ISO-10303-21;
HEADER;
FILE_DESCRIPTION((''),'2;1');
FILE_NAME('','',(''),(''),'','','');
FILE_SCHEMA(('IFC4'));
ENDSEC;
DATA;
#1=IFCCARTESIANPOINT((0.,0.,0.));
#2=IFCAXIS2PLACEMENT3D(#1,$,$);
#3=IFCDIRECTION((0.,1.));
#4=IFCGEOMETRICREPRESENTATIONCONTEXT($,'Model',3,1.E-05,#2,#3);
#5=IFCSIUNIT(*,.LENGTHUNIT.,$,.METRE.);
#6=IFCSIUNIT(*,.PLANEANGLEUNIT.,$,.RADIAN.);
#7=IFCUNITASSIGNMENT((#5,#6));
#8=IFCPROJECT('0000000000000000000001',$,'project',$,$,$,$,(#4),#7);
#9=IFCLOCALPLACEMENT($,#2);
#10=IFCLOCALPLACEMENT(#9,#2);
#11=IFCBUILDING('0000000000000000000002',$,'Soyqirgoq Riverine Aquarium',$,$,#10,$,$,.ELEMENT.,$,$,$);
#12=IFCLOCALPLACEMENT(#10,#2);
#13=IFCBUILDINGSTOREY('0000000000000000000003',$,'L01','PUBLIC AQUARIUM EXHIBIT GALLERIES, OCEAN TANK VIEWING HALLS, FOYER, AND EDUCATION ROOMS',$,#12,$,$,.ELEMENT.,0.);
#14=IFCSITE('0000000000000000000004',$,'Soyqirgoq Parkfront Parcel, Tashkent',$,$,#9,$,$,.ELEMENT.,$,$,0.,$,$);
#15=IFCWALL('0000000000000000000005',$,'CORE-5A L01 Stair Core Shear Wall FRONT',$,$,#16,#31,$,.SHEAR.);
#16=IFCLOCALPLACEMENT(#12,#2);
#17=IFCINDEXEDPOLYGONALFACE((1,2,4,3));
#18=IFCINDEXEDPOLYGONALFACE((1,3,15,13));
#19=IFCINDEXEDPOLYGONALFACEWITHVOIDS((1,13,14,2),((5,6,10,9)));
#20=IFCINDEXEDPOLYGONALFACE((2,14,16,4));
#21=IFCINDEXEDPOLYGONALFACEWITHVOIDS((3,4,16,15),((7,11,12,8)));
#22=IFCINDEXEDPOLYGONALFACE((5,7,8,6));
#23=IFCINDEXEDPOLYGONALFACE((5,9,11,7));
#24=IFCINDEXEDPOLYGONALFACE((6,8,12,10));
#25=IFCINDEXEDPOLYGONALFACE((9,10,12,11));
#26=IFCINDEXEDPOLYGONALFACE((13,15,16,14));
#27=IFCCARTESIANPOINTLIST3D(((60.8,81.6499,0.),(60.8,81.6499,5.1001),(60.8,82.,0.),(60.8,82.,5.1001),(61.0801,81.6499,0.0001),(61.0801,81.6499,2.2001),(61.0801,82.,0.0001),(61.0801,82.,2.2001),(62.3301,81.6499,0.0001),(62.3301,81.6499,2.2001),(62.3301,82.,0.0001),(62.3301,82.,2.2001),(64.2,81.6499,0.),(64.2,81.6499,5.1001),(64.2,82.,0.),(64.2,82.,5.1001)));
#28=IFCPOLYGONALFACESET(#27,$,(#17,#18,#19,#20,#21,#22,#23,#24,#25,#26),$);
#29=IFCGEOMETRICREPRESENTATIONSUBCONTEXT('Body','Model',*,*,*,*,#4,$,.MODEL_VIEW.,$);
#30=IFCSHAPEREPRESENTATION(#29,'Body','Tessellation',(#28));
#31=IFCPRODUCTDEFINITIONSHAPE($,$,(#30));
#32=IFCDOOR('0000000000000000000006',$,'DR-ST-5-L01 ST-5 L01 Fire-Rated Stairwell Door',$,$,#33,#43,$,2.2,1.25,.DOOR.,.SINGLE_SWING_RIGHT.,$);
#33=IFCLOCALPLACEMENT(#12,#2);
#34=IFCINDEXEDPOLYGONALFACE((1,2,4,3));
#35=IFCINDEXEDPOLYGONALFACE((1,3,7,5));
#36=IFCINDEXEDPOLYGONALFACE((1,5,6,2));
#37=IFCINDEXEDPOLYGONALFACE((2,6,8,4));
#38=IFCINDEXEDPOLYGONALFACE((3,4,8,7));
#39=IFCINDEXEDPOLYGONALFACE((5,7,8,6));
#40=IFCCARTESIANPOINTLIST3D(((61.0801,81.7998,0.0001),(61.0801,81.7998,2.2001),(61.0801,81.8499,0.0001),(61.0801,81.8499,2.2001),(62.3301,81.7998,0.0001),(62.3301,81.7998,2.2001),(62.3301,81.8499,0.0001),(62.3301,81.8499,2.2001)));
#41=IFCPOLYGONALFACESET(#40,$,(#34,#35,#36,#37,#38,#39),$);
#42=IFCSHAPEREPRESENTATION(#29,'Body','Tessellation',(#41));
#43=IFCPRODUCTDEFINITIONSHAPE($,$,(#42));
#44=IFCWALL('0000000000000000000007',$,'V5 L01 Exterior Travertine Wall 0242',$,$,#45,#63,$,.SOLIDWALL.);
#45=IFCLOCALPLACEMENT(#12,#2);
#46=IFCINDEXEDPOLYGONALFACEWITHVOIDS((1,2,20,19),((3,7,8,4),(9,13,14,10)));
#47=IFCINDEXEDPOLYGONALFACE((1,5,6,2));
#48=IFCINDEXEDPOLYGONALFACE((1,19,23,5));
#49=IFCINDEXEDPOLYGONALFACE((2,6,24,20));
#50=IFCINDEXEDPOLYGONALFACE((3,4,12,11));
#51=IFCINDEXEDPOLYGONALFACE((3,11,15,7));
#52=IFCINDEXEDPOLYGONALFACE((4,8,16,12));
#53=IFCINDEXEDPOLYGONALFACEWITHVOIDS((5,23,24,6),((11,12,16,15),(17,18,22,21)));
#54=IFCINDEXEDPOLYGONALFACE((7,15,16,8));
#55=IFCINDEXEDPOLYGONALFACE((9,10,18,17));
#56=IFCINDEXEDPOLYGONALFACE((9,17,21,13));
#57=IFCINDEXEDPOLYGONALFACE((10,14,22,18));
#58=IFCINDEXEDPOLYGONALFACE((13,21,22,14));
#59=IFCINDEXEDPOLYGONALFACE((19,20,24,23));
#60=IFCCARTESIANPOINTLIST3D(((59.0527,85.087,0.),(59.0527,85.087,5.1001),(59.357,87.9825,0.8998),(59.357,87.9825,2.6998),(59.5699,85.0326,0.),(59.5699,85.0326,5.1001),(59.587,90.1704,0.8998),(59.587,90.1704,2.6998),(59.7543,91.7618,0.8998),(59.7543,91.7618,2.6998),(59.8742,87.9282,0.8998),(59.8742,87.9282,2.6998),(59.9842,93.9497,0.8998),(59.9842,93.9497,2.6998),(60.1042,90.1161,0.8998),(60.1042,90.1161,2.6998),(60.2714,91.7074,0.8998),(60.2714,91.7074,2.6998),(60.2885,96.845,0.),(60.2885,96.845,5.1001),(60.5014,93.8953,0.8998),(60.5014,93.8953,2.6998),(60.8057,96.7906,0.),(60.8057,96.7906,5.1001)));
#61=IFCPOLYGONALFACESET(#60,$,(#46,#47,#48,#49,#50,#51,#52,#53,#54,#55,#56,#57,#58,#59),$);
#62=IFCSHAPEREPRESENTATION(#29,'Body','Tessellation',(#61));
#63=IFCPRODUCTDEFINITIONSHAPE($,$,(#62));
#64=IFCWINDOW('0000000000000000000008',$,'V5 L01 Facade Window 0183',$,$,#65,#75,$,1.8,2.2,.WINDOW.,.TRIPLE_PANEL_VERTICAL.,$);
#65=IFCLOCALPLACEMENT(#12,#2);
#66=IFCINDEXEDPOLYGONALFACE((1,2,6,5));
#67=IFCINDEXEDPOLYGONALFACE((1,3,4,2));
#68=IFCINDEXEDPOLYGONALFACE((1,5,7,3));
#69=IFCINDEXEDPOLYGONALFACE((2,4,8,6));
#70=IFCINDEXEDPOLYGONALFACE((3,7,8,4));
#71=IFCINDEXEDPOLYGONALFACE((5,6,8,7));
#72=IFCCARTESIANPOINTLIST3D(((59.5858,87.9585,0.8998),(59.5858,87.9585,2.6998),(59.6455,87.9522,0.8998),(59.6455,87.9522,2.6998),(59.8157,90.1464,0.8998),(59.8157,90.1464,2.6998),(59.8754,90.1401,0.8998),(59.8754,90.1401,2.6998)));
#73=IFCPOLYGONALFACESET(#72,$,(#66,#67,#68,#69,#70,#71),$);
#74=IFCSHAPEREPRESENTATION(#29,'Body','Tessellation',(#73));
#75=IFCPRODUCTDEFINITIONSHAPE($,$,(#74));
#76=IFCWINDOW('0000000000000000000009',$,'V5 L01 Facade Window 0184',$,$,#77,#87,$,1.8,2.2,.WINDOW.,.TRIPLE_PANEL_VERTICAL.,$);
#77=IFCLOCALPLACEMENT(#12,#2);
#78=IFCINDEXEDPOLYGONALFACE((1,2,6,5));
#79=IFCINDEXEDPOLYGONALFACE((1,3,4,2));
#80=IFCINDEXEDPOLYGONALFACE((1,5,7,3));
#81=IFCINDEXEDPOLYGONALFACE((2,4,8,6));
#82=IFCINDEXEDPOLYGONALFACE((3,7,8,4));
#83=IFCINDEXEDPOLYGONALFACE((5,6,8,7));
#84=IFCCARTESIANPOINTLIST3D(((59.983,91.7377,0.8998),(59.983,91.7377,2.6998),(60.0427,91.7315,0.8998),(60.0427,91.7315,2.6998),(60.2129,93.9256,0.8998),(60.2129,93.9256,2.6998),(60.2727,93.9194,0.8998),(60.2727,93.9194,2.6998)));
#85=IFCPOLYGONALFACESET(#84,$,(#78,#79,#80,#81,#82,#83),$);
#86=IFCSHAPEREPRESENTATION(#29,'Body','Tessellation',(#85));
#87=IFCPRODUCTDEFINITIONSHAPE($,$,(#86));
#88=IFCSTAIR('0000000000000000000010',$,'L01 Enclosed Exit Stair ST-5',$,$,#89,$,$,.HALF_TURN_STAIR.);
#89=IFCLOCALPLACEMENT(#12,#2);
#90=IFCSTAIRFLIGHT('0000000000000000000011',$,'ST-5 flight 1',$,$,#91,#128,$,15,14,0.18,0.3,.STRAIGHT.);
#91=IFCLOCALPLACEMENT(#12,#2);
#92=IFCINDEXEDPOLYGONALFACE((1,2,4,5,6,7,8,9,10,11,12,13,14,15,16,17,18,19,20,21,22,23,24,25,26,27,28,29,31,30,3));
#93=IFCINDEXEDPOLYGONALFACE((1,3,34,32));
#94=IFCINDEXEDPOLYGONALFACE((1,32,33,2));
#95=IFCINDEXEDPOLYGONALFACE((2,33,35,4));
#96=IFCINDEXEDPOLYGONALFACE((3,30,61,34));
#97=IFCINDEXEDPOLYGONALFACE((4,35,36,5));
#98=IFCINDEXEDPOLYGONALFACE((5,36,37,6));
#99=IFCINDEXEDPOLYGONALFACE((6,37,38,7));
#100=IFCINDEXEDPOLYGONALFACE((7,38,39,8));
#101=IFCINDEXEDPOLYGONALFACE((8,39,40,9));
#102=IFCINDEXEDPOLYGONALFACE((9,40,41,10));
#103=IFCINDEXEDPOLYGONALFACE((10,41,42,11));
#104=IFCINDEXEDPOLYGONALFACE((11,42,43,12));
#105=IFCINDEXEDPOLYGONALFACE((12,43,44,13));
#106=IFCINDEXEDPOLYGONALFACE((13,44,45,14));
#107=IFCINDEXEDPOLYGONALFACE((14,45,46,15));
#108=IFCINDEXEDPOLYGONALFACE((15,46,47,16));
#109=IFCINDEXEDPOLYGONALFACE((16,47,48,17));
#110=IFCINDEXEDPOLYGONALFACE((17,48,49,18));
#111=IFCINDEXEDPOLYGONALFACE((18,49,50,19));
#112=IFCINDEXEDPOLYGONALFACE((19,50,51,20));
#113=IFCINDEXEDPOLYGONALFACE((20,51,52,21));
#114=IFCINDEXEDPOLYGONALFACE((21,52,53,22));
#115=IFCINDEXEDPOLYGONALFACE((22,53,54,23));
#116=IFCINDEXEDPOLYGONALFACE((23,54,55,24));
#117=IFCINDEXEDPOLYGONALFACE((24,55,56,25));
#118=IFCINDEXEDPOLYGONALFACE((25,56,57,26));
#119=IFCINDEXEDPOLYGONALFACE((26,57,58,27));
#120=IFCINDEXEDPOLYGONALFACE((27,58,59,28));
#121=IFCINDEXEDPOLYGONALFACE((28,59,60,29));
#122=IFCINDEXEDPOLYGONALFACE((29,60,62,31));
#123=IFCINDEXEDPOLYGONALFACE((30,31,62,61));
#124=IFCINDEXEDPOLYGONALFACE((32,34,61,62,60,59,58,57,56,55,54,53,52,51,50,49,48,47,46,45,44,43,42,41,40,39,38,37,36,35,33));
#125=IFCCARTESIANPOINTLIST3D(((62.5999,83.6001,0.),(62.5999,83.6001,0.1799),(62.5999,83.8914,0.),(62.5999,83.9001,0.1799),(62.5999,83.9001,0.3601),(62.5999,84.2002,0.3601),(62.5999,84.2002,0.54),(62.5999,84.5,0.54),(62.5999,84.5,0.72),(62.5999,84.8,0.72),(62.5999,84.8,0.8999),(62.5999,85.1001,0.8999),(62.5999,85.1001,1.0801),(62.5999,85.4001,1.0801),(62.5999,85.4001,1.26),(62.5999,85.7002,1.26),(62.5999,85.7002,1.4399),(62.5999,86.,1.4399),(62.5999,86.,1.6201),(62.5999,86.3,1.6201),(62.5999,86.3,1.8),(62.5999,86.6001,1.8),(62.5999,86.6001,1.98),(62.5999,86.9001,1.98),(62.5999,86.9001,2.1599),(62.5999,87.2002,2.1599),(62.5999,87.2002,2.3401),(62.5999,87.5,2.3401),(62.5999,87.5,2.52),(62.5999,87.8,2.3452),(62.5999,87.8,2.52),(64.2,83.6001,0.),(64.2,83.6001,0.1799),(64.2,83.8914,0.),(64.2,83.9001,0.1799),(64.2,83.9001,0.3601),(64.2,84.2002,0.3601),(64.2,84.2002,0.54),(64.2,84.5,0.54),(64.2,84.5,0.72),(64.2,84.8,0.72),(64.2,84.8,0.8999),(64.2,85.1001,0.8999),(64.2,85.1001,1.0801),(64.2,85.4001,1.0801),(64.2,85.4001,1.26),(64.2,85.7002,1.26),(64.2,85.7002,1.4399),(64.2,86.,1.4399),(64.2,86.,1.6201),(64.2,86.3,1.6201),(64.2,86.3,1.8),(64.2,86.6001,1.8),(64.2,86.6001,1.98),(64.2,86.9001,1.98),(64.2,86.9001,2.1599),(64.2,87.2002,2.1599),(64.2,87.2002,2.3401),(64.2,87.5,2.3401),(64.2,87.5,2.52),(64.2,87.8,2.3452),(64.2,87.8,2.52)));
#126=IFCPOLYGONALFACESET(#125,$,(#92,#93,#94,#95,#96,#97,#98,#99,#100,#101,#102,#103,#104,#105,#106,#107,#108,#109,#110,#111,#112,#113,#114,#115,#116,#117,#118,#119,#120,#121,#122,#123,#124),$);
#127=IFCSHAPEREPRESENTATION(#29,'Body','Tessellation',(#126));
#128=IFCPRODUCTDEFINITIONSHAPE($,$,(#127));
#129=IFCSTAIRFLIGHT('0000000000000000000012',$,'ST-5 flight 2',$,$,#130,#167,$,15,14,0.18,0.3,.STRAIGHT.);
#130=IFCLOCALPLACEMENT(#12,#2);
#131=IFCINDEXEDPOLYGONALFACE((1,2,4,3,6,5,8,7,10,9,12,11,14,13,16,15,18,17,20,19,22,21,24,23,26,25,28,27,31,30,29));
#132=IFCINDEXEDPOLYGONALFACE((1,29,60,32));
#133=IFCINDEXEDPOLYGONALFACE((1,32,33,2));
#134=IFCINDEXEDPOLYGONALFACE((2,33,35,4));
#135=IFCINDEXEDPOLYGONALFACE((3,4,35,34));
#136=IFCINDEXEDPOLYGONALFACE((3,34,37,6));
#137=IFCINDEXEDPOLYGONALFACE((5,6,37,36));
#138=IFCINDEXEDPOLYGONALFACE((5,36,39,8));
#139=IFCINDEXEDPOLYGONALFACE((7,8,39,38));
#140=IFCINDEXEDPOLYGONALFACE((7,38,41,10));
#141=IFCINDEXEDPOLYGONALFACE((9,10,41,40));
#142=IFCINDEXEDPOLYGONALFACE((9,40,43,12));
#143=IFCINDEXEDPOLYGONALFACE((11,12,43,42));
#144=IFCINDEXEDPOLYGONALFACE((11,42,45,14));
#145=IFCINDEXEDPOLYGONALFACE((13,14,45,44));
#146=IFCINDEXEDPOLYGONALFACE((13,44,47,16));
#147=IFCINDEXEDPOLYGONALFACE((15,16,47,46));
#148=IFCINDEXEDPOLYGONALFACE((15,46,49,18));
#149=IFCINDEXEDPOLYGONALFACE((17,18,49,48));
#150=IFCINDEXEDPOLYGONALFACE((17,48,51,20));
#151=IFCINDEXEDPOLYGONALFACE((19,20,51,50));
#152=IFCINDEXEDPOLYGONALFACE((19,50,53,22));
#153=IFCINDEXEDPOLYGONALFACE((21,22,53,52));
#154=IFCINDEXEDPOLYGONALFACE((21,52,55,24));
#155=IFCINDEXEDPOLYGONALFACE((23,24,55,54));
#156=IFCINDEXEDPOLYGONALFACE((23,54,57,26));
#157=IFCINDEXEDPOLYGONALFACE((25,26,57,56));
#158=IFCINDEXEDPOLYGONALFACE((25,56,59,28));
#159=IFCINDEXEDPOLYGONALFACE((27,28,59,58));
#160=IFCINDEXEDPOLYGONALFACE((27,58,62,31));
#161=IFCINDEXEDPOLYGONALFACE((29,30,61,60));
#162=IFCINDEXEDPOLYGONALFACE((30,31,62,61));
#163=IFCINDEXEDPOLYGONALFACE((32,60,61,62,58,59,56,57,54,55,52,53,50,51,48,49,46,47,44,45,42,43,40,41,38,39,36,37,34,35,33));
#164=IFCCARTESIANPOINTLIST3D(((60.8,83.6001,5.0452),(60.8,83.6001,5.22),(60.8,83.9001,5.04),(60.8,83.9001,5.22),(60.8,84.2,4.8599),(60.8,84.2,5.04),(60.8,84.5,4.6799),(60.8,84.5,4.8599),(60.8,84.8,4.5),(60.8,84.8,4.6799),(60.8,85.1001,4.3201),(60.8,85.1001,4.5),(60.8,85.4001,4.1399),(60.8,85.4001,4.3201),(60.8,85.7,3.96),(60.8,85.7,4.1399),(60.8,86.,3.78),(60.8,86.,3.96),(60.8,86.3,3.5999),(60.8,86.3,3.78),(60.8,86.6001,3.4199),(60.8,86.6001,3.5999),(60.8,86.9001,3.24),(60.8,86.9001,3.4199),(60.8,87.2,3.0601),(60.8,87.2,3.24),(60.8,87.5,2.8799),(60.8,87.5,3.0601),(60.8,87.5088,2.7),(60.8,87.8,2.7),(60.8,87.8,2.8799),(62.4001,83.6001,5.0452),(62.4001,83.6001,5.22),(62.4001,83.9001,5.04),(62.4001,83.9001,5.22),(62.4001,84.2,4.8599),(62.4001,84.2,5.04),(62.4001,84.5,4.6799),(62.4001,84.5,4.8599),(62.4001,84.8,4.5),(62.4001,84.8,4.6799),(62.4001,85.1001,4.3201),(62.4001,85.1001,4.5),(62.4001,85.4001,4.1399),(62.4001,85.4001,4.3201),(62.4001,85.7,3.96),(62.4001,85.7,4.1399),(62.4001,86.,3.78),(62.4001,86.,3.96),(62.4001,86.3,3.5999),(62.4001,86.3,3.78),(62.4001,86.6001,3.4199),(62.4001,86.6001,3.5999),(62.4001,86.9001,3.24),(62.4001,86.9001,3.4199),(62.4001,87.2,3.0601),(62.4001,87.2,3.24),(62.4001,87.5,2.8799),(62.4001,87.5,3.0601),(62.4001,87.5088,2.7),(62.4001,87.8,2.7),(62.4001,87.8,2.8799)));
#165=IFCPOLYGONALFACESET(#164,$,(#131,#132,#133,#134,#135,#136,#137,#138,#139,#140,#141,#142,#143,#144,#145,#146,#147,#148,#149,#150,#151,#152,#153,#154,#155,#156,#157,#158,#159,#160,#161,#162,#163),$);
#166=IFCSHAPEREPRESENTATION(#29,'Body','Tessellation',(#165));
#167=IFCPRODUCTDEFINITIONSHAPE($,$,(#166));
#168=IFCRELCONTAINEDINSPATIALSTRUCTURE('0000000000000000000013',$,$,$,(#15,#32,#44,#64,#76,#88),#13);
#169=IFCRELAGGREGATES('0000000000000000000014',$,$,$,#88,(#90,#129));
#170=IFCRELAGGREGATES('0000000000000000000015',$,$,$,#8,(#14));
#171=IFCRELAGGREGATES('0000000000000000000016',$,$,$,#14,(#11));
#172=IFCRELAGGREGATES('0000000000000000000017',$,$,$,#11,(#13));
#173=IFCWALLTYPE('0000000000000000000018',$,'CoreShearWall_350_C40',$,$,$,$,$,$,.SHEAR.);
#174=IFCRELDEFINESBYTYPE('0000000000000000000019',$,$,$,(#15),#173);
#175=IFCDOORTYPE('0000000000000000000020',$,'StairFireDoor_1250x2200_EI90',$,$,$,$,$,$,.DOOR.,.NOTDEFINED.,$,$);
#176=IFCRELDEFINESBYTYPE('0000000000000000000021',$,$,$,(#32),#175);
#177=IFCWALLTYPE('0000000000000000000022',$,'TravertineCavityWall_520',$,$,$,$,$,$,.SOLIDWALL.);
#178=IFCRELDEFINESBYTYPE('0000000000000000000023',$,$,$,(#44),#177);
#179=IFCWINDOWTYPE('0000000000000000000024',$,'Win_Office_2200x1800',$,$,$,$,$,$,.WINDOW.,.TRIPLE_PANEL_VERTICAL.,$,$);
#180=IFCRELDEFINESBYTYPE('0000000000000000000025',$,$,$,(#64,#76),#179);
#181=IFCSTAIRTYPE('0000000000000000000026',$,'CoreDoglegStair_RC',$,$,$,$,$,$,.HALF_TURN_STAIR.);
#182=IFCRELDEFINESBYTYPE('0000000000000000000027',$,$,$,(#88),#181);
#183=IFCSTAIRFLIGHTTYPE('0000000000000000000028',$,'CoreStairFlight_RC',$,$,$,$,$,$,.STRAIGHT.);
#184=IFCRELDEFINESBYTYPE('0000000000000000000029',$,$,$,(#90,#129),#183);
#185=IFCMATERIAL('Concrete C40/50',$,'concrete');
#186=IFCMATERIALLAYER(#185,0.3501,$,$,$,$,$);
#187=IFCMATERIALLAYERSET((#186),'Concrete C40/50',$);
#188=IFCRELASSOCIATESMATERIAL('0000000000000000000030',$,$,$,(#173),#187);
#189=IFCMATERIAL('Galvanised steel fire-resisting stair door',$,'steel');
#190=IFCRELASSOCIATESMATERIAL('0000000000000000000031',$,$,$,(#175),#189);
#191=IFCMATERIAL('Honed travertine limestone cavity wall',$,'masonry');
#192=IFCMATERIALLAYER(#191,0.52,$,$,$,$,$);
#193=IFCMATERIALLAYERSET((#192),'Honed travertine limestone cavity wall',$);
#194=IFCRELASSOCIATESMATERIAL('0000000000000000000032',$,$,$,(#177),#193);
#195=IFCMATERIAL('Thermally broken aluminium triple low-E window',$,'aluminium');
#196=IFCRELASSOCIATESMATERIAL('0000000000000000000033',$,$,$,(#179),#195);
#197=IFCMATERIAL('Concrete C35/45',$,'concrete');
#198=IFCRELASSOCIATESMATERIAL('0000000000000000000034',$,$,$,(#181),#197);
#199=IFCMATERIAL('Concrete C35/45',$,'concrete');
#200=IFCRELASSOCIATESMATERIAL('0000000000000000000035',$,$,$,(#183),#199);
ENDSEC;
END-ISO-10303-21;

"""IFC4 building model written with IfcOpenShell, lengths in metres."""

from ifc_helpers import new_model, si_unit, direction, frame, frame_2d, origin, place, context, subcontext, project, spatial, polyline, rectangle, outline, extrude, material, layer, layer_set, type_object, element, fill, aggregate, save


model = new_model("IFC4")

# Units and contexts
model_context = context("Model", 3, precision=1e-05, world=origin(), true_north=direction((0.0, 1.0)))
body_context = subcontext(model_context, "Body", "Model", "MODEL_VIEW")
ifc_project = project(units=[si_unit("LENGTHUNIT", "METRE"), si_unit("PLANEANGLEUNIT", "RADIAN")], contexts=[model_context])

# Site, building, storey
site_placement = place(None, origin())
site = spatial("IfcSite", under=ifc_project, at=site_placement, Name="Soyqirgoq Parkfront Parcel, Tashkent", CompositionType="ELEMENT", RefElevation=0.0)
building_placement = place(site_placement, origin())
building = spatial("IfcBuilding", under=site, at=building_placement, Name="Soyqirgoq Riverine Aquarium", CompositionType="ELEMENT")
storey_placement = place(building_placement, origin())
storey = spatial("IfcBuildingStorey", under=building, at=storey_placement, Name="L01", Description="PUBLIC AQUARIUM EXHIBIT GALLERIES, OCEAN TANK VIEWING HALLS, FOYER, AND EDUCATION ROOMS", CompositionType="ELEMENT", Elevation=0.0)

# Wall, opening, door
ifc_material_1 = material(Name="Concrete C40/50", Category="concrete")
ifc_layer_1 = layer(ifc_material_1, 0.3501)
ifc_layer_set_1 = layer_set([ifc_layer_1], Name="Concrete C40/50")
wall_type_1 = type_object("IfcWallType", Name="CoreShearWall_350_C40", PredefinedType="SHEAR", material=ifc_layer_set_1)
wall_1_placement = place(storey_placement, frame((60.8, 81.825, 0.0), z_axis=(0.0, 0.0, 1.0), x_axis=(1.0, 0.0, 0.0)))
wall_1 = element("IfcWall", 1, at=wall_1_placement, inside=storey, type_object=wall_type_1, Name="CORE-5A L01 Stair Core Shear Wall FRONT", PredefinedType="SHEAR", context=body_context, shape_type="SweptSolid", body=[
    extrude(rectangle(XDim=3.3999, YDim=0.3501, at=frame_2d((1.7, 0.0))), origin(), (0.0, 0.0, 1.0), 5.1001),
])
opening_1_placement = place(wall_1_placement, frame((0.28, 0.0, 0.0)))
opening_1 = element("IfcOpeningElement", 2, at=opening_1_placement, cuts=wall_1, PredefinedType="OPENING", context=body_context, shape_type="SweptSolid", body=[
    extrude(rectangle(XDim=1.25, YDim=2.2, at=frame_2d((0.625, 1.1001))), frame((0.0, 0.1851, 0.0), z_axis=(0.0, -1.0, 0.0), x_axis=(1.0, 0.0, 0.0)), (0.0, 0.0, 1.0), 0.3701),
])
ifc_material_2 = material(Name="Galvanised steel fire-resisting stair door", Category="steel")
door_type = type_object("IfcDoorType", Name="StairFireDoor_1250x2200_EI90", OperationType="NOTDEFINED", PredefinedType="DOOR", material=ifc_material_2)
door_placement = place(opening_1_placement, origin())
door = element("IfcDoor", 3, at=door_placement, inside=storey, type_object=door_type, Name="DR-ST-5-L01 ST-5 L01 Fire-Rated Stairwell Door", OperationType="SINGLE_SWING_RIGHT", OverallHeight=2.2, OverallWidth=1.25, PredefinedType="DOOR", context=body_context, shape_type="SweptSolid", body=[
    extrude(rectangle(XDim=1.25, YDim=2.2, at=frame_2d((0.625, 1.1001))), frame((0.0, 0.0249, 0.0), z_axis=(0.0, -1.0, 0.0), x_axis=(1.0, 0.0, 0.0)), (0.0, 0.0, 1.0), 0.05),
])
fill(opening_1, door)

# Wall, openings, windows
ifc_material_3 = material(Name="Honed travertine limestone cavity wall", Category="masonry")
ifc_layer_2 = layer(ifc_material_3, 0.52)
ifc_layer_set_2 = layer_set([ifc_layer_2], Name="Honed travertine limestone cavity wall")
wall_type_2 = type_object("IfcWallType", Name="TravertineCavityWall_520", PredefinedType="SOLIDWALL", material=ifc_layer_set_2)
wall_2_placement = place(storey_placement, frame((59.3113, 85.0598, 0.0), z_axis=(0.0, 0.0, 1.0), x_axis=(0.10453, 0.994522, 0.0)))
wall_2 = element("IfcWall", 4, at=wall_2_placement, inside=storey, type_object=wall_type_2, Name="V5 L01 Exterior Travertine Wall 0242", PredefinedType="SOLIDWALL", context=body_context, shape_type="SweptSolid", body=[
    extrude(rectangle(XDim=11.8228, YDim=0.52, at=frame_2d((5.9114, 0.0))), origin(), (0.0, 0.0, 1.0), 5.1001),
])
opening_2_placement = place(wall_2_placement, frame((2.9114, 0.0, 0.8999)))
opening_2 = element("IfcOpeningElement", 5, at=opening_2_placement, cuts=wall_2, PredefinedType="OPENING", context=body_context, shape_type="SweptSolid", body=[
    extrude(rectangle(XDim=2.2, YDim=1.8, at=frame_2d((1.1001, 0.8999))), frame((0.0, 0.27, 0.0), z_axis=(0.0, -1.0, 0.0), x_axis=(1.0, 0.0, 0.0)), (0.0, 0.0, 1.0), 0.54),
])
opening_3_placement = place(wall_2_placement, frame((6.7114, 0.0, 0.8999)))
opening_3 = element("IfcOpeningElement", 6, at=opening_3_placement, cuts=wall_2, PredefinedType="OPENING", context=body_context, shape_type="SweptSolid", body=[
    extrude(rectangle(XDim=2.2, YDim=1.8, at=frame_2d((1.1001, 0.8999))), frame((0.0, 0.27, 0.0), z_axis=(0.0, -1.0, 0.0), x_axis=(1.0, 0.0, 0.0)), (0.0, 0.0, 1.0), 0.54),
])
ifc_material_4 = material(Name="Thermally broken aluminium triple low-E window", Category="aluminium")
window_type = type_object("IfcWindowType", Name="Win_Office_2200x1800", PartitioningType="TRIPLE_PANEL_VERTICAL", PredefinedType="WINDOW", material=ifc_material_4)
window_1_placement = place(opening_2_placement, origin())
window_1 = element("IfcWindow", 7, at=window_1_placement, inside=storey, type_object=window_type, Name="V5 L01 Facade Window 0183", OverallHeight=1.8, OverallWidth=2.2, PartitioningType="TRIPLE_PANEL_VERTICAL", PredefinedType="WINDOW", context=body_context, shape_type="SweptSolid", body=[
    extrude(rectangle(XDim=2.2, YDim=1.8, at=frame_2d((1.1001, 0.8999))), frame((0.0, 0.03, 0.0), z_axis=(0.0, -1.0, 0.0), x_axis=(1.0, 0.0, 0.0)), (0.0, 0.0, 1.0), 0.0601),
])
fill(opening_2, window_1)
window_2_placement = place(opening_3_placement, origin())
window_2 = element("IfcWindow", 8, at=window_2_placement, inside=storey, type_object=window_type, Name="V5 L01 Facade Window 0184", OverallHeight=1.8, OverallWidth=2.2, PartitioningType="TRIPLE_PANEL_VERTICAL", PredefinedType="WINDOW", context=body_context, shape_type="SweptSolid", body=[
    extrude(rectangle(XDim=2.2, YDim=1.8, at=frame_2d((1.1001, 0.8999))), frame((0.0, 0.03, 0.0), z_axis=(0.0, -1.0, 0.0), x_axis=(1.0, 0.0, 0.0)), (0.0, 0.0, 1.0), 0.0601),
])
fill(opening_3, window_2)

# Stair, stair flights
ifc_material_5 = material(Name="Concrete C35/45", Category="concrete")
stair_type = type_object("IfcStairType", Name="CoreDoglegStair_RC", PredefinedType="HALF_TURN_STAIR", material=ifc_material_5)
stair_placement = place(storey_placement, origin())
stair = element("IfcStair", 9, at=stair_placement, inside=storey, type_object=stair_type, Name="L01 Enclosed Exit Stair ST-5", PredefinedType="HALF_TURN_STAIR")
ifc_material_6 = material(Name="Concrete C35/45", Category="concrete")
stair_flight_type = type_object("IfcStairFlightType", Name="CoreStairFlight_RC", PredefinedType="STRAIGHT", material=ifc_material_6)
stair_flight_1_placement = place(storey_placement, frame((63.3999, 83.6001, 0.0), z_axis=(0.0, 0.0, 1.0), x_axis=(0.0, 1.0, 0.0)))
stair_flight_1 = element("IfcStairFlight", 10, at=stair_flight_1_placement, type_object=stair_flight_type, Name="ST-5 flight 1", NumberOfRisers=15, NumberOfTreads=14, PredefinedType="STRAIGHT", RiserHeight=0.18, TreadLength=0.3, context=body_context, shape_type="SweptSolid", body=[
    extrude(outline(polyline([(0.0, 0.0), (0.0, 0.1799), (0.3, 0.1799), (0.3, 0.3601), (0.6001, 0.3601), (0.6001, 0.54), (0.8999, 0.54), (0.8999, 0.72), (1.2, 0.72), (1.2, 0.8999), (1.5, 0.8999), (1.5, 1.0801), (1.8, 1.0801), (1.8, 1.26), (2.1001, 1.26), (2.1001, 1.4399), (2.3999, 1.4399), (2.3999, 1.6201), (2.7, 1.6201), (2.7, 1.8), (3.0, 1.8), (3.0, 1.98), (3.3, 1.98), (3.3, 2.1599), (3.6001, 2.1599), (3.6001, 2.3401), (3.8999, 2.3401), (3.8999, 2.52), (4.2, 2.52), (4.2, 2.7), (4.2, 2.3452), (0.2913, 0.0), (0.0, 0.0)])), frame((0.0, 0.8, 0.0), z_axis=(0.0, -1.0, 0.0), x_axis=(1.0, 0.0, 0.0)), (0.0, 0.0, 1.0), 1.6001),
])
stair_flight_2_placement = place(storey_placement, frame((61.6001, 87.8, 2.7), z_axis=(0.0, 0.0, 1.0), x_axis=(0.0, -1.0, 0.0)))
stair_flight_2 = element("IfcStairFlight", 11, at=stair_flight_2_placement, type_object=stair_flight_type, Name="ST-5 flight 2", NumberOfRisers=15, NumberOfTreads=14, PredefinedType="STRAIGHT", RiserHeight=0.18, TreadLength=0.3, context=body_context, shape_type="SweptSolid", body=[
    extrude(outline(polyline([(0.0, 0.0), (0.0, 0.1799), (0.3, 0.1799), (0.3, 0.3601), (0.6001, 0.3601), (0.6001, 0.54), (0.8999, 0.54), (0.8999, 0.72), (1.2, 0.72), (1.2, 0.8999), (1.5, 0.8999), (1.5, 1.0801), (1.8, 1.0801), (1.8, 1.26), (2.1001, 1.26), (2.1001, 1.4399), (2.3999, 1.4399), (2.3999, 1.6201), (2.7, 1.6201), (2.7, 1.8), (3.0, 1.8), (3.0, 1.98), (3.3, 1.98), (3.3, 2.1599), (3.6001, 2.1599), (3.6001, 2.3401), (3.8999, 2.3401), (3.8999, 2.52), (4.2, 2.52), (4.2, 2.7), (4.2, 2.3452), (0.2913, 0.0), (0.0, 0.0)])), frame((0.0, 0.8, 0.0), z_axis=(0.0, -1.0, 0.0), x_axis=(1.0, 0.0, 0.0)), (0.0, 0.0, 1.0), 1.6001),
])
aggregate(stair, [stair_flight_1, stair_flight_2])

save(model, "model.ifc")
